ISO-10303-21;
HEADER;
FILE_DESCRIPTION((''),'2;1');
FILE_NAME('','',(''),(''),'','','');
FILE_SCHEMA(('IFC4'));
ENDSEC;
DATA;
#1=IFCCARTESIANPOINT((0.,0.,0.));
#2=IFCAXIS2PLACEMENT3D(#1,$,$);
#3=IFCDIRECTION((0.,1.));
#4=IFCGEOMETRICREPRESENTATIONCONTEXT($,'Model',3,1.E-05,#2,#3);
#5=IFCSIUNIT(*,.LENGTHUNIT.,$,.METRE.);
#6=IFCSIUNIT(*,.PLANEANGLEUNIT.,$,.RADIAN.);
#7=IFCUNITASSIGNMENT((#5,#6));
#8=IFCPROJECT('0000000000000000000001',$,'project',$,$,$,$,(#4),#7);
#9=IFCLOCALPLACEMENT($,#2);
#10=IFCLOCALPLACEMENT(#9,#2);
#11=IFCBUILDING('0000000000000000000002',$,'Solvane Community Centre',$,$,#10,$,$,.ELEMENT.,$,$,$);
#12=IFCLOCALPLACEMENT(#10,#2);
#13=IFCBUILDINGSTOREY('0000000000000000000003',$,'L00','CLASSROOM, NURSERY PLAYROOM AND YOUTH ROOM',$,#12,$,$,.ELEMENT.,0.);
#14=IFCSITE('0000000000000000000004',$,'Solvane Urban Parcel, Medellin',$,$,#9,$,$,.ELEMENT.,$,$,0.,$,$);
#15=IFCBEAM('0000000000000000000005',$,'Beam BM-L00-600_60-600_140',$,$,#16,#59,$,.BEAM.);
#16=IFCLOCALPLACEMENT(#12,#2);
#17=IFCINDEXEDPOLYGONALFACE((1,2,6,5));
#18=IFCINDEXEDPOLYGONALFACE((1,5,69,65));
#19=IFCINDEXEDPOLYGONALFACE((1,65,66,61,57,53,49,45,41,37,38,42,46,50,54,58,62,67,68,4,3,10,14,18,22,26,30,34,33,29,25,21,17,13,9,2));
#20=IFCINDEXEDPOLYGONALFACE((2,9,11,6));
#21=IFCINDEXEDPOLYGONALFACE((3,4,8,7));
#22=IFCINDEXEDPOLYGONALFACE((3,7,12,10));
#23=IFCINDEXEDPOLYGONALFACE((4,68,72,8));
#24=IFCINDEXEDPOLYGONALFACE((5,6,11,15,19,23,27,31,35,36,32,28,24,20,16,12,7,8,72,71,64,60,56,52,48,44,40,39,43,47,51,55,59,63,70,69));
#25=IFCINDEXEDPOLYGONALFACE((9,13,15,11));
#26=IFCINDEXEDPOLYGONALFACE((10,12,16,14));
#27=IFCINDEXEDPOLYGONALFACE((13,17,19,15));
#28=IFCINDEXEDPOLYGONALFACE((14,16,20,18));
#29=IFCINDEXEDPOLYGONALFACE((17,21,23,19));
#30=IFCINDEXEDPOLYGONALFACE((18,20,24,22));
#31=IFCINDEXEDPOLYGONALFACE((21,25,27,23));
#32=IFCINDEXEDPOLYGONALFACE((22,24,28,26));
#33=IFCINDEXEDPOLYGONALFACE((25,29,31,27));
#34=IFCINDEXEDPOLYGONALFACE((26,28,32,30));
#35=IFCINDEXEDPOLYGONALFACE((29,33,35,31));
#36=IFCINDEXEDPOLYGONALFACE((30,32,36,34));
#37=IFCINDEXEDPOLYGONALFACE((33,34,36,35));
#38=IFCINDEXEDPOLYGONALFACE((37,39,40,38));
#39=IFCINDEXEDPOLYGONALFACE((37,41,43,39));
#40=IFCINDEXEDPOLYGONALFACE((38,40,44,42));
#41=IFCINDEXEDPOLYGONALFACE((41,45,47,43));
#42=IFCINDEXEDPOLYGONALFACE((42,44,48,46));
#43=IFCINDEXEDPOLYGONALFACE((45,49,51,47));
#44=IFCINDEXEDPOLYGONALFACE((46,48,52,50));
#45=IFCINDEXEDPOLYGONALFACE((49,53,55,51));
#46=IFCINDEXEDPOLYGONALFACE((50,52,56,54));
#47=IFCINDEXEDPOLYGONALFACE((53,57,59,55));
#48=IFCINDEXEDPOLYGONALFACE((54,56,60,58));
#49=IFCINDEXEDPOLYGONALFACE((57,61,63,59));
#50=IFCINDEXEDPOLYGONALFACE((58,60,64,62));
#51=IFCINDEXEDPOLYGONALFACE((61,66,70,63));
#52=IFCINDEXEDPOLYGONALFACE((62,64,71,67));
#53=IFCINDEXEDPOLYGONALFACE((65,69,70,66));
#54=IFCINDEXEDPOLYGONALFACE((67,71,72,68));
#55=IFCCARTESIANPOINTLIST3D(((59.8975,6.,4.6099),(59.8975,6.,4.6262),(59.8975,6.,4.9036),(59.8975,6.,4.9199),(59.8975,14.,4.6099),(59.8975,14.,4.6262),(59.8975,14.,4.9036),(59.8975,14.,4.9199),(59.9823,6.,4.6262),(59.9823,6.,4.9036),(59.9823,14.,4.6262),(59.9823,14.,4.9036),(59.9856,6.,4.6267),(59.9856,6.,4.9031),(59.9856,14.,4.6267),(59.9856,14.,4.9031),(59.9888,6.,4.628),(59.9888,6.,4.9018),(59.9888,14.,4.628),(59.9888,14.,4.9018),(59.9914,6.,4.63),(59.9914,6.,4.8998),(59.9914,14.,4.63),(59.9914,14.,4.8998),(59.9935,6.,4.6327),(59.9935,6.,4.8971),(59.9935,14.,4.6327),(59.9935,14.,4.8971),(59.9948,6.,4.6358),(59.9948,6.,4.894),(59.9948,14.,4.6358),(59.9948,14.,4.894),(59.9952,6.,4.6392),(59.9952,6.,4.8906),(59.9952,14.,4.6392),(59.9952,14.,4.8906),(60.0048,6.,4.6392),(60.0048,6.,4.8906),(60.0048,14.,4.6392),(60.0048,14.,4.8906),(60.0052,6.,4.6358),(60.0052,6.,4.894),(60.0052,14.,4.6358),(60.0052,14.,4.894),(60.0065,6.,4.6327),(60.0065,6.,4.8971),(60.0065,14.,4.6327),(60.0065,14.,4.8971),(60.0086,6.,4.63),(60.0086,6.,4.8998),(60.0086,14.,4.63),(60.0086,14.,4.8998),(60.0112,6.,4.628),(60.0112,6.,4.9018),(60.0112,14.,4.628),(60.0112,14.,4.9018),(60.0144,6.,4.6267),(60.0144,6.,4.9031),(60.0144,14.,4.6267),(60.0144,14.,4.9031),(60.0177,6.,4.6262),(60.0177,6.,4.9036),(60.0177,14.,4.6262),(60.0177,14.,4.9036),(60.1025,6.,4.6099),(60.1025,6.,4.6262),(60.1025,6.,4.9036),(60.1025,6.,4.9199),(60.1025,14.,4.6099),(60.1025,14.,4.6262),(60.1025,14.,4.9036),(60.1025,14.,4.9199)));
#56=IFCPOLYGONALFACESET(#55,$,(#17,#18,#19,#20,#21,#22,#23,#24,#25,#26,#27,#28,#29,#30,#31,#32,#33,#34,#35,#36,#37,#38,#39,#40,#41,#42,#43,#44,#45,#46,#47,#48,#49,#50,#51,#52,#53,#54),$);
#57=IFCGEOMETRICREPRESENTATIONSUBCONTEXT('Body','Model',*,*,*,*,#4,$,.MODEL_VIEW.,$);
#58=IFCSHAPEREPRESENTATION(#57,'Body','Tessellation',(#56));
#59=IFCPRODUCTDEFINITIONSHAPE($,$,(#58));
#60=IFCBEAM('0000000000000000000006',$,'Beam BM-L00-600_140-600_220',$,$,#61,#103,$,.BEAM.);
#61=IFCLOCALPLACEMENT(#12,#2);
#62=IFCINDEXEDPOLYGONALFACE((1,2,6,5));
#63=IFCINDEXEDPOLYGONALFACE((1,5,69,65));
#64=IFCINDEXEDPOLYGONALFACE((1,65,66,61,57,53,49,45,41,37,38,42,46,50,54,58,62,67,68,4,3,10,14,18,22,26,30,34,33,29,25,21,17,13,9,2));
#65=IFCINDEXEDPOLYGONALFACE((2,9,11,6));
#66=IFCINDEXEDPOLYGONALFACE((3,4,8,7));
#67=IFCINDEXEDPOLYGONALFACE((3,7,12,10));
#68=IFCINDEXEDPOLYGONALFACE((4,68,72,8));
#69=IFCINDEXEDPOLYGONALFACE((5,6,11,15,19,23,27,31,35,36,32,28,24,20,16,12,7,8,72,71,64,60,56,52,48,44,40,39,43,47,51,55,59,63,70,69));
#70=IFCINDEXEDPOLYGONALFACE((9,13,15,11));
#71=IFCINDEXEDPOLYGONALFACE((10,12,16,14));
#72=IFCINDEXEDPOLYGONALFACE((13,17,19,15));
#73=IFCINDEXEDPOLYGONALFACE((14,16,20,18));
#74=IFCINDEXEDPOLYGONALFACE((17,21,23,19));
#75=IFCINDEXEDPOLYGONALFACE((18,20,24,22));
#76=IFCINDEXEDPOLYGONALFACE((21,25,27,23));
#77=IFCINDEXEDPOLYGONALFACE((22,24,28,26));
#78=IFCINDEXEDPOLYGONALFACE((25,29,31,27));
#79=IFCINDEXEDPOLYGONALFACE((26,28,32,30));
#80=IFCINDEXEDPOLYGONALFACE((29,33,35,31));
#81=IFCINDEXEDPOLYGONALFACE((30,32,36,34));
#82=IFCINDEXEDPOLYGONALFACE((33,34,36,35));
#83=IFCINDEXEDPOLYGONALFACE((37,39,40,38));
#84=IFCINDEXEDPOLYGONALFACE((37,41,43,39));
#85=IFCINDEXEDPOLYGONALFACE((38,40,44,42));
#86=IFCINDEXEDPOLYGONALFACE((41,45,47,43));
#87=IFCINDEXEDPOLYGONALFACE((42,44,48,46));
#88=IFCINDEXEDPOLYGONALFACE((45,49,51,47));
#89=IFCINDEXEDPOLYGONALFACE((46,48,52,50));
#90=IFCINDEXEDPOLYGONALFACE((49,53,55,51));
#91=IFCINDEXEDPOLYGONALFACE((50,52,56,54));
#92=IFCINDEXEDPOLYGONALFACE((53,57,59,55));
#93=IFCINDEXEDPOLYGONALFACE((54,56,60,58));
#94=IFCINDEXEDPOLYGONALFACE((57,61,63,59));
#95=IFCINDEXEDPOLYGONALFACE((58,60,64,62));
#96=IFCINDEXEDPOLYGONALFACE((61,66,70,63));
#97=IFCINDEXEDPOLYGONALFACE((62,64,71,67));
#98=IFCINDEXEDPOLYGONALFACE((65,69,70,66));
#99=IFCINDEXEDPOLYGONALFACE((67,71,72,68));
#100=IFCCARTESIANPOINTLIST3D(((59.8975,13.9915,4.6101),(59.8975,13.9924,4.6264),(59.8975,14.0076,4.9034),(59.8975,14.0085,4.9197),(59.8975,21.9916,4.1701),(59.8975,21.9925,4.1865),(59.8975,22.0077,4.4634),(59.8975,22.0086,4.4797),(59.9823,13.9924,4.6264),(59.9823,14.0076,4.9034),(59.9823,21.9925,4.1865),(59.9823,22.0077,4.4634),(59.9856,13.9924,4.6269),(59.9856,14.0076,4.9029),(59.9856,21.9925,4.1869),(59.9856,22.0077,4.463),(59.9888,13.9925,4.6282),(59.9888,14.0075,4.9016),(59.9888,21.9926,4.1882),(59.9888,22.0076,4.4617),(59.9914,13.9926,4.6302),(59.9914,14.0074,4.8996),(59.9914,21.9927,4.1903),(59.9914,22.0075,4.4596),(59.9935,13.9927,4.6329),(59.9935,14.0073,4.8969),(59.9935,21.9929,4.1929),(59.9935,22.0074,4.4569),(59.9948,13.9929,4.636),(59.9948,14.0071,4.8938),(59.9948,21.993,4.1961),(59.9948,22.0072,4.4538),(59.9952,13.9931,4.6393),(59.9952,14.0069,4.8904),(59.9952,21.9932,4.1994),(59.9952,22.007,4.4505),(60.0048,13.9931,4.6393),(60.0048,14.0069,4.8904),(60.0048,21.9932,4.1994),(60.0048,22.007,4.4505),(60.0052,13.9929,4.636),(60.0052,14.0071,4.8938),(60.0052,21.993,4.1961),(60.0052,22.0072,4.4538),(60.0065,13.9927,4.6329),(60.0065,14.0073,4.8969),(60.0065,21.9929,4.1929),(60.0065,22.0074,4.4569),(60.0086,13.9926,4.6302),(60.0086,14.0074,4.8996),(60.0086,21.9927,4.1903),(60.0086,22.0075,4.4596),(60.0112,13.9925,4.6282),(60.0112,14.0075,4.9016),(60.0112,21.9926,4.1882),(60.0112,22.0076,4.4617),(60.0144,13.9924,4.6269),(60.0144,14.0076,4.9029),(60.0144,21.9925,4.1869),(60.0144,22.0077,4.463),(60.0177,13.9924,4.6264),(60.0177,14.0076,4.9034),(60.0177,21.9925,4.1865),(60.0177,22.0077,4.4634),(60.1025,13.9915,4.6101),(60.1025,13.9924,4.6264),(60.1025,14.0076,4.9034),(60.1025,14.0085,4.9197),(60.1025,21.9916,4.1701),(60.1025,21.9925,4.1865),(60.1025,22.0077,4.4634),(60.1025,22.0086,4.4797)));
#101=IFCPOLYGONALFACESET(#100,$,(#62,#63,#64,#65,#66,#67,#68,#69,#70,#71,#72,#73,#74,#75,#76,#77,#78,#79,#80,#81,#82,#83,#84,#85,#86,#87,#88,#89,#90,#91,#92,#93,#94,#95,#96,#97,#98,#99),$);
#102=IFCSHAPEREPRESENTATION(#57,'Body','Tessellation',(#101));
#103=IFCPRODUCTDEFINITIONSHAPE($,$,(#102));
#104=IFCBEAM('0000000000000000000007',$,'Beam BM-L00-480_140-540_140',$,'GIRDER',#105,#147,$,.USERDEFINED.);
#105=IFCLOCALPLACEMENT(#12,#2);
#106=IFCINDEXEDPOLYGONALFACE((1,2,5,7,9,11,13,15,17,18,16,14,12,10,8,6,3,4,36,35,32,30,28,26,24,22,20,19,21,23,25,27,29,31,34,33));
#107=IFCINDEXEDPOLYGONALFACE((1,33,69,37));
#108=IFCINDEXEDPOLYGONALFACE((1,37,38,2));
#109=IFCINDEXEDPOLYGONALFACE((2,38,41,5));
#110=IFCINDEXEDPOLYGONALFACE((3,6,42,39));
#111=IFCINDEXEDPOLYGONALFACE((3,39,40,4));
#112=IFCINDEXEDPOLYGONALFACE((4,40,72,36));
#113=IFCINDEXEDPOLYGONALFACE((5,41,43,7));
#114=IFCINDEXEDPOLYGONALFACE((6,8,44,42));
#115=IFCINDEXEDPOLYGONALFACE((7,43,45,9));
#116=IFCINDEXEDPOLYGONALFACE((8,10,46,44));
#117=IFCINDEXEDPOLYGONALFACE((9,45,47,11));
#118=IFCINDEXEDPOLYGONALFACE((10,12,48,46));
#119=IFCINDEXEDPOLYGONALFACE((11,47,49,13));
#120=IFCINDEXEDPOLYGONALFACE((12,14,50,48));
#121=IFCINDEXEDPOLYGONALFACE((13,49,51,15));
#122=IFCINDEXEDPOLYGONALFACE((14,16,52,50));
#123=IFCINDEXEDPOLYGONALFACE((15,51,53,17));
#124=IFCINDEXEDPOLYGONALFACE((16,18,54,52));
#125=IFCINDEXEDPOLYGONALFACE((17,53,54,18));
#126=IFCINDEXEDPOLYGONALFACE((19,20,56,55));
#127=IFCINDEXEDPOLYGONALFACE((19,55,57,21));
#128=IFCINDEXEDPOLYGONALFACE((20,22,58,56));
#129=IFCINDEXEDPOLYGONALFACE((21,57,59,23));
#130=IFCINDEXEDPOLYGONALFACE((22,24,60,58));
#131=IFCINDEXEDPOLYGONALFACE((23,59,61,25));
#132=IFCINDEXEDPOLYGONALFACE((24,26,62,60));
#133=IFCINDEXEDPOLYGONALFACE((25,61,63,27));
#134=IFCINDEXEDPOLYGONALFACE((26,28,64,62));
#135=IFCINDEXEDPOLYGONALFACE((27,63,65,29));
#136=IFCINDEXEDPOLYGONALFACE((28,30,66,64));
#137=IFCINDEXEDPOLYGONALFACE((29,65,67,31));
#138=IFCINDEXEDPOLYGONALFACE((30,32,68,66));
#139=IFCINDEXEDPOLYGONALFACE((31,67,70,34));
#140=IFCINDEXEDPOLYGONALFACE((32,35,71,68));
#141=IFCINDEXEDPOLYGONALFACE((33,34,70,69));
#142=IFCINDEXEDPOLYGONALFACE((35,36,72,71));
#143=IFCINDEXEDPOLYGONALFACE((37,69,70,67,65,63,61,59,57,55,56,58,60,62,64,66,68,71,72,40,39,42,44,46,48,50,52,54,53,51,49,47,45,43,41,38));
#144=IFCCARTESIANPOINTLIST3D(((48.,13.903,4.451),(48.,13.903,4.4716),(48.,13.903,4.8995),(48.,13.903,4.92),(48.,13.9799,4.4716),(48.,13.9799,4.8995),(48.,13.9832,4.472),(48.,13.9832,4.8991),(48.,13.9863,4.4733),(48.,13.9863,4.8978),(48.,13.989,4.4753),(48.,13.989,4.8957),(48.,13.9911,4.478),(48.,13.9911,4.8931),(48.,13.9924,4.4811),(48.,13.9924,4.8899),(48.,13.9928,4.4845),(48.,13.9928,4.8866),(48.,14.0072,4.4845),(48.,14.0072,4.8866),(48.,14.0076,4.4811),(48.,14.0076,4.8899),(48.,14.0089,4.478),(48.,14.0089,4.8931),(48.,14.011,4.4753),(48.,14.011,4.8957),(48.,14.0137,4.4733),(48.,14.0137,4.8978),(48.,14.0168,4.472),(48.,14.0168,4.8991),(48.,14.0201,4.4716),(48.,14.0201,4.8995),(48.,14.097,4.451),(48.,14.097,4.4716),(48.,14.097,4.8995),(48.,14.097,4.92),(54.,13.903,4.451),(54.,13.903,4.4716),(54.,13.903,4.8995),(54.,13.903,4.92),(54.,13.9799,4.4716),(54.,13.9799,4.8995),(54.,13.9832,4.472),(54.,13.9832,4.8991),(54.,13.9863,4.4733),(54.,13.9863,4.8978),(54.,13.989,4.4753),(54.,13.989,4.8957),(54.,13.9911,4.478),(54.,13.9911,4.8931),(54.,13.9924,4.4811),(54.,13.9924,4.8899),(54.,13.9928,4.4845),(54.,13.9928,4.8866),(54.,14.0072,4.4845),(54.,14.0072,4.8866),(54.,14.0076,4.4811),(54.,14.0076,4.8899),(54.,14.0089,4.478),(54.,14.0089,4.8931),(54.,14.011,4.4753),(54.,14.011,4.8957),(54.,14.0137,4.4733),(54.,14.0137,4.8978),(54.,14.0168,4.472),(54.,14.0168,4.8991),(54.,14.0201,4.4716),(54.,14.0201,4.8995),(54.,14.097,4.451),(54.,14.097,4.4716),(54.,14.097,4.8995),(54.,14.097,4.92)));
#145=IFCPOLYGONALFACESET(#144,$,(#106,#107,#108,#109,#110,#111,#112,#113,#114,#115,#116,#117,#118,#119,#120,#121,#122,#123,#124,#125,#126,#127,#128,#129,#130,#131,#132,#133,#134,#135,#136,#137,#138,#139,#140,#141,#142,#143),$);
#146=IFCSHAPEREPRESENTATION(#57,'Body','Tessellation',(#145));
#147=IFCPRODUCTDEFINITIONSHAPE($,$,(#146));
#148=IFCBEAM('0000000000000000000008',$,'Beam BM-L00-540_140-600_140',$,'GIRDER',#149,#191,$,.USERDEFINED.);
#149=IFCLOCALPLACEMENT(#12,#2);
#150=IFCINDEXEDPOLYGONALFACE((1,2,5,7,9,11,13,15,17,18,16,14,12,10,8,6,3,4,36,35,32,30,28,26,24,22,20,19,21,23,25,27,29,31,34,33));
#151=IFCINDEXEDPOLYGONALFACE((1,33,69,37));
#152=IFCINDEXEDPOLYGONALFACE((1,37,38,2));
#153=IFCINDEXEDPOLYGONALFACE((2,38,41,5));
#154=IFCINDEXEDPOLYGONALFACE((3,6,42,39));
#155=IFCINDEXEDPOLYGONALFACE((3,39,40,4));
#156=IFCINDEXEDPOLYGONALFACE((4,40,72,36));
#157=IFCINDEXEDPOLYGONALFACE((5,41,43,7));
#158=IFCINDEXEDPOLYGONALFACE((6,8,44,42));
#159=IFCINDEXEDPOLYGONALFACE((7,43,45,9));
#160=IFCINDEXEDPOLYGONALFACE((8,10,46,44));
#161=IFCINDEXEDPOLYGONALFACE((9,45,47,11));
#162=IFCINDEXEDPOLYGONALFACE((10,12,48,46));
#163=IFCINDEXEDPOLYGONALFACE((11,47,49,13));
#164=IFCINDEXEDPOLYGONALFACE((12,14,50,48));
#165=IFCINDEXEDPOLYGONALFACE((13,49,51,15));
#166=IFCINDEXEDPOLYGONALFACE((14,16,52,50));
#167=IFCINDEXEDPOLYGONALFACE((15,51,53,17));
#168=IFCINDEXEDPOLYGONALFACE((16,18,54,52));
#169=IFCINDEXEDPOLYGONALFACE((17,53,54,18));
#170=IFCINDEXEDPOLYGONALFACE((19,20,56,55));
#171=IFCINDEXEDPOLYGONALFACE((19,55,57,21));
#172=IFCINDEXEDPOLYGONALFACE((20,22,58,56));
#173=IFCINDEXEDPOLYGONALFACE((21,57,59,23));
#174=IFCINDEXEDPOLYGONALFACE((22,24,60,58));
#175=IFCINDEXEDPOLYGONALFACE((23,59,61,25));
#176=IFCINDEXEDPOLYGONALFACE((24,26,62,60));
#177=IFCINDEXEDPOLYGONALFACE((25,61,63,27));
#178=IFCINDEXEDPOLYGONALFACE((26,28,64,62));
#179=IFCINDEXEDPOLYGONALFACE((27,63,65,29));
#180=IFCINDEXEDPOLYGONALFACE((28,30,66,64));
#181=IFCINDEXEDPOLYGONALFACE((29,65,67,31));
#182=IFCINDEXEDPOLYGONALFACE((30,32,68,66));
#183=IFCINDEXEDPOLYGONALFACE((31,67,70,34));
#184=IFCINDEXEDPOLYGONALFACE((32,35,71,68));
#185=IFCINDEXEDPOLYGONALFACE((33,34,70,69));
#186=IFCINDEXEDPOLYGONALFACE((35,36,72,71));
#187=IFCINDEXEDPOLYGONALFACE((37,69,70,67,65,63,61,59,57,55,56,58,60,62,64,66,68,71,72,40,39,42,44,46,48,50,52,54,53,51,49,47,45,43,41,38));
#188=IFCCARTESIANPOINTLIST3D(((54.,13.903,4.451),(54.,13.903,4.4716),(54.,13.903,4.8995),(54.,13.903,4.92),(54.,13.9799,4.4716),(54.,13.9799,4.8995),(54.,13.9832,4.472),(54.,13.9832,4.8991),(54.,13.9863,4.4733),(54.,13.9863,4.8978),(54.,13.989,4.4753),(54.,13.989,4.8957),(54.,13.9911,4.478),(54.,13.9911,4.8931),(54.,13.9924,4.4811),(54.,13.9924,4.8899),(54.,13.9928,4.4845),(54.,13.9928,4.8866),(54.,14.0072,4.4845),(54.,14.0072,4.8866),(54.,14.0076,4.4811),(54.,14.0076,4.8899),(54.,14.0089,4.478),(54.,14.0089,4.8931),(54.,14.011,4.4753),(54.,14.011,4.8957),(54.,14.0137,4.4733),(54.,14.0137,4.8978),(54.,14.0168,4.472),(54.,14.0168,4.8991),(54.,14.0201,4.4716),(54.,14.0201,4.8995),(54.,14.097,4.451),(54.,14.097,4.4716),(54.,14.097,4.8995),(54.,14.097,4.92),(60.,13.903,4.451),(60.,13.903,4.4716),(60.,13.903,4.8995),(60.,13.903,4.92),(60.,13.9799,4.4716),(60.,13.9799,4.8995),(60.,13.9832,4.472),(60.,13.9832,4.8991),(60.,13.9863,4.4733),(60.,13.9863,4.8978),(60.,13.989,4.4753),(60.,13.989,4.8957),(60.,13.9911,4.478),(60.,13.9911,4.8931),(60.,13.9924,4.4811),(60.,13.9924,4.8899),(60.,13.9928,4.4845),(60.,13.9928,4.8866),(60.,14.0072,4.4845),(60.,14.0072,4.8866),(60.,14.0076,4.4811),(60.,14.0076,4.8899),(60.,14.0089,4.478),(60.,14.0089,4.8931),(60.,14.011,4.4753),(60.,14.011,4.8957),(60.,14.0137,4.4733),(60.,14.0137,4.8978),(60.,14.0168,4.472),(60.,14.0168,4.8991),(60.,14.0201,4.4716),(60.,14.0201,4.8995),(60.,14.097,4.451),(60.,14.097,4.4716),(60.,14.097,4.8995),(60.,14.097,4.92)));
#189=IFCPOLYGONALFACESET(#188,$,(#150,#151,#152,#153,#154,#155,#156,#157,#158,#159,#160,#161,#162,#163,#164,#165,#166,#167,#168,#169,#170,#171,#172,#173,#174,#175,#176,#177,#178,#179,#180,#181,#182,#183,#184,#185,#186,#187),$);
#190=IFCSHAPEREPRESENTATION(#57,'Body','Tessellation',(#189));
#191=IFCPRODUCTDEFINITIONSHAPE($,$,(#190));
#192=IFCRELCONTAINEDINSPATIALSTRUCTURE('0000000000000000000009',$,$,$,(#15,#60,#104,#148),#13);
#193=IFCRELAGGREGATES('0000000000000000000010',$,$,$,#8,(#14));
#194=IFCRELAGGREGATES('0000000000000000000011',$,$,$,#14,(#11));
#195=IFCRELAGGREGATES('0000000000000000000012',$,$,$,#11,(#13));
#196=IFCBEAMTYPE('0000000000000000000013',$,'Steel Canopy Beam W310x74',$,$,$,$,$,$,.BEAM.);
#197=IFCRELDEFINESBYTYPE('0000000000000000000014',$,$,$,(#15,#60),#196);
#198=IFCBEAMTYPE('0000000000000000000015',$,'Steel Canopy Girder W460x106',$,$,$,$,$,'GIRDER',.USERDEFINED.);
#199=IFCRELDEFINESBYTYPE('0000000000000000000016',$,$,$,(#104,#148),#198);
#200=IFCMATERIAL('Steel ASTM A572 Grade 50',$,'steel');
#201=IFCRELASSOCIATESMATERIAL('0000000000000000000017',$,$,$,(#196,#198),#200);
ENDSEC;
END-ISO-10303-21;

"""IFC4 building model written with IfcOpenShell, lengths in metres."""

from ifc_helpers import new_model, si_unit, direction, frame, origin, origin_2d, place, context, subcontext, project, spatial, i_section, extrude, material, material_profile, profile_set, type_object, element, save


model = new_model("IFC4")

# Units and contexts
model_context = context("Model", 3, precision=1e-05, world=origin(), true_north=direction((0.0, 1.0)))
body_context = subcontext(model_context, "Body", "Model", "MODEL_VIEW")
ifc_project = project(units=[si_unit("LENGTHUNIT", "METRE"), si_unit("PLANEANGLEUNIT", "RADIAN")], contexts=[model_context])

# Site, building, storey
site_placement = place(None, origin())
site = spatial("IfcSite", under=ifc_project, at=site_placement, Name="Solvane Urban Parcel, Medellin", CompositionType="ELEMENT", RefElevation=0.0)
building_placement = place(site_placement, origin())
building = spatial("IfcBuilding", under=site, at=building_placement, Name="Solvane Community Centre", CompositionType="ELEMENT")
storey_placement = place(building_placement, origin())
storey = spatial("IfcBuildingStorey", under=building, at=storey_placement, Name="L00", Description="CLASSROOM, NURSERY PLAYROOM AND YOUTH ROOM", CompositionType="ELEMENT", Elevation=0.0)

# Beams
ifc_material_1 = material(Name="Steel ASTM A572 Grade 50", Category="steel")
ifc_material_profile_1 = material_profile(ifc_material_1, i_section(OverallWidth=0.2051, OverallDepth=0.3101, WebThickness=0.0095, FlangeThickness=0.0164, FilletRadius=0.0129, at=origin_2d()), Name="W310x74")
ifc_profile_set_1 = profile_set([ifc_material_profile_1], Name="Steel ASTM A572 Grade 50")
beam_type_1 = type_object("IfcBeamType", Name="Steel Canopy Beam W310x74", PredefinedType="BEAM", material=ifc_profile_set_1)
beam_1_placement = place(storey_placement, frame((60.0, 6.0, 4.7649), z_axis=(0.0, 1.0, 0.0), x_axis=(-1.0, 0.0, 0.0)))
element("IfcBeam", 1, at=beam_1_placement, inside=storey, type_object=beam_type_1, Name="Beam BM-L00-600_60-600_140", PredefinedType="BEAM", context=body_context, shape_type="SweptSolid", body=[
    extrude(i_section(OverallWidth=0.2051, OverallDepth=0.3101, WebThickness=0.0095, FlangeThickness=0.0164, FilletRadius=0.0129, at=origin_2d()), origin(), (0.0, 0.0, 1.0), 8.0),
])
beam_2_placement = place(storey_placement, frame((60.0, 14.0, 4.7649), z_axis=(0.0, 0.998491, -0.05491), x_axis=(-1.0, 0.0, 0.0)))
element("IfcBeam", 2, at=beam_2_placement, inside=storey, type_object=beam_type_1, Name="Beam BM-L00-600_140-600_220", PredefinedType="BEAM", context=body_context, shape_type="SweptSolid", body=[
    extrude(i_section(OverallWidth=0.2051, OverallDepth=0.3101, WebThickness=0.0095, FlangeThickness=0.0164, FilletRadius=0.0129, at=origin_2d()), origin(), (0.0, 0.0, 1.0), 8.0122),
])
ifc_material_profile_2 = material_profile(ifc_material_1, i_section(OverallWidth=0.1941, OverallDepth=0.469, WebThickness=0.0144, FlangeThickness=0.0205, FilletRadius=0.0129, at=origin_2d()), Name="W460x106")
ifc_profile_set_2 = profile_set([ifc_material_profile_2], Name="Steel ASTM A572 Grade 50")
beam_type_2 = type_object("IfcBeamType", Name="Steel Canopy Girder W460x106", ElementType="GIRDER", PredefinedType="USERDEFINED", material=ifc_profile_set_2)
for number, where, z_axis, x_axis, name in (
    (3, (48.0, 14.0, 4.6855), (1.0, 0.0, 0.0), (0.0, 1.0, 0.0), "Beam BM-L00-480_140-540_140"),
    (4, (54.0, 14.0, 4.6855), (1.0, 0.0, 0.0), (0.0, 1.0, 0.0), "Beam BM-L00-540_140-600_140"),
):
    element("IfcBeam", number, at=place(storey_placement, frame(where, z_axis=z_axis, x_axis=x_axis)), inside=storey, type_object=beam_type_2, Name=name, ObjectType="GIRDER", PredefinedType="USERDEFINED", context=body_context, shape_type="SweptSolid", body=[
        extrude(i_section(OverallWidth=0.1941, OverallDepth=0.469, WebThickness=0.0144, FlangeThickness=0.0205, FilletRadius=0.0129, at=origin_2d()), origin(), (0.0, 0.0, 1.0), 6.0),
    ])

save(model, "model.ifc")
